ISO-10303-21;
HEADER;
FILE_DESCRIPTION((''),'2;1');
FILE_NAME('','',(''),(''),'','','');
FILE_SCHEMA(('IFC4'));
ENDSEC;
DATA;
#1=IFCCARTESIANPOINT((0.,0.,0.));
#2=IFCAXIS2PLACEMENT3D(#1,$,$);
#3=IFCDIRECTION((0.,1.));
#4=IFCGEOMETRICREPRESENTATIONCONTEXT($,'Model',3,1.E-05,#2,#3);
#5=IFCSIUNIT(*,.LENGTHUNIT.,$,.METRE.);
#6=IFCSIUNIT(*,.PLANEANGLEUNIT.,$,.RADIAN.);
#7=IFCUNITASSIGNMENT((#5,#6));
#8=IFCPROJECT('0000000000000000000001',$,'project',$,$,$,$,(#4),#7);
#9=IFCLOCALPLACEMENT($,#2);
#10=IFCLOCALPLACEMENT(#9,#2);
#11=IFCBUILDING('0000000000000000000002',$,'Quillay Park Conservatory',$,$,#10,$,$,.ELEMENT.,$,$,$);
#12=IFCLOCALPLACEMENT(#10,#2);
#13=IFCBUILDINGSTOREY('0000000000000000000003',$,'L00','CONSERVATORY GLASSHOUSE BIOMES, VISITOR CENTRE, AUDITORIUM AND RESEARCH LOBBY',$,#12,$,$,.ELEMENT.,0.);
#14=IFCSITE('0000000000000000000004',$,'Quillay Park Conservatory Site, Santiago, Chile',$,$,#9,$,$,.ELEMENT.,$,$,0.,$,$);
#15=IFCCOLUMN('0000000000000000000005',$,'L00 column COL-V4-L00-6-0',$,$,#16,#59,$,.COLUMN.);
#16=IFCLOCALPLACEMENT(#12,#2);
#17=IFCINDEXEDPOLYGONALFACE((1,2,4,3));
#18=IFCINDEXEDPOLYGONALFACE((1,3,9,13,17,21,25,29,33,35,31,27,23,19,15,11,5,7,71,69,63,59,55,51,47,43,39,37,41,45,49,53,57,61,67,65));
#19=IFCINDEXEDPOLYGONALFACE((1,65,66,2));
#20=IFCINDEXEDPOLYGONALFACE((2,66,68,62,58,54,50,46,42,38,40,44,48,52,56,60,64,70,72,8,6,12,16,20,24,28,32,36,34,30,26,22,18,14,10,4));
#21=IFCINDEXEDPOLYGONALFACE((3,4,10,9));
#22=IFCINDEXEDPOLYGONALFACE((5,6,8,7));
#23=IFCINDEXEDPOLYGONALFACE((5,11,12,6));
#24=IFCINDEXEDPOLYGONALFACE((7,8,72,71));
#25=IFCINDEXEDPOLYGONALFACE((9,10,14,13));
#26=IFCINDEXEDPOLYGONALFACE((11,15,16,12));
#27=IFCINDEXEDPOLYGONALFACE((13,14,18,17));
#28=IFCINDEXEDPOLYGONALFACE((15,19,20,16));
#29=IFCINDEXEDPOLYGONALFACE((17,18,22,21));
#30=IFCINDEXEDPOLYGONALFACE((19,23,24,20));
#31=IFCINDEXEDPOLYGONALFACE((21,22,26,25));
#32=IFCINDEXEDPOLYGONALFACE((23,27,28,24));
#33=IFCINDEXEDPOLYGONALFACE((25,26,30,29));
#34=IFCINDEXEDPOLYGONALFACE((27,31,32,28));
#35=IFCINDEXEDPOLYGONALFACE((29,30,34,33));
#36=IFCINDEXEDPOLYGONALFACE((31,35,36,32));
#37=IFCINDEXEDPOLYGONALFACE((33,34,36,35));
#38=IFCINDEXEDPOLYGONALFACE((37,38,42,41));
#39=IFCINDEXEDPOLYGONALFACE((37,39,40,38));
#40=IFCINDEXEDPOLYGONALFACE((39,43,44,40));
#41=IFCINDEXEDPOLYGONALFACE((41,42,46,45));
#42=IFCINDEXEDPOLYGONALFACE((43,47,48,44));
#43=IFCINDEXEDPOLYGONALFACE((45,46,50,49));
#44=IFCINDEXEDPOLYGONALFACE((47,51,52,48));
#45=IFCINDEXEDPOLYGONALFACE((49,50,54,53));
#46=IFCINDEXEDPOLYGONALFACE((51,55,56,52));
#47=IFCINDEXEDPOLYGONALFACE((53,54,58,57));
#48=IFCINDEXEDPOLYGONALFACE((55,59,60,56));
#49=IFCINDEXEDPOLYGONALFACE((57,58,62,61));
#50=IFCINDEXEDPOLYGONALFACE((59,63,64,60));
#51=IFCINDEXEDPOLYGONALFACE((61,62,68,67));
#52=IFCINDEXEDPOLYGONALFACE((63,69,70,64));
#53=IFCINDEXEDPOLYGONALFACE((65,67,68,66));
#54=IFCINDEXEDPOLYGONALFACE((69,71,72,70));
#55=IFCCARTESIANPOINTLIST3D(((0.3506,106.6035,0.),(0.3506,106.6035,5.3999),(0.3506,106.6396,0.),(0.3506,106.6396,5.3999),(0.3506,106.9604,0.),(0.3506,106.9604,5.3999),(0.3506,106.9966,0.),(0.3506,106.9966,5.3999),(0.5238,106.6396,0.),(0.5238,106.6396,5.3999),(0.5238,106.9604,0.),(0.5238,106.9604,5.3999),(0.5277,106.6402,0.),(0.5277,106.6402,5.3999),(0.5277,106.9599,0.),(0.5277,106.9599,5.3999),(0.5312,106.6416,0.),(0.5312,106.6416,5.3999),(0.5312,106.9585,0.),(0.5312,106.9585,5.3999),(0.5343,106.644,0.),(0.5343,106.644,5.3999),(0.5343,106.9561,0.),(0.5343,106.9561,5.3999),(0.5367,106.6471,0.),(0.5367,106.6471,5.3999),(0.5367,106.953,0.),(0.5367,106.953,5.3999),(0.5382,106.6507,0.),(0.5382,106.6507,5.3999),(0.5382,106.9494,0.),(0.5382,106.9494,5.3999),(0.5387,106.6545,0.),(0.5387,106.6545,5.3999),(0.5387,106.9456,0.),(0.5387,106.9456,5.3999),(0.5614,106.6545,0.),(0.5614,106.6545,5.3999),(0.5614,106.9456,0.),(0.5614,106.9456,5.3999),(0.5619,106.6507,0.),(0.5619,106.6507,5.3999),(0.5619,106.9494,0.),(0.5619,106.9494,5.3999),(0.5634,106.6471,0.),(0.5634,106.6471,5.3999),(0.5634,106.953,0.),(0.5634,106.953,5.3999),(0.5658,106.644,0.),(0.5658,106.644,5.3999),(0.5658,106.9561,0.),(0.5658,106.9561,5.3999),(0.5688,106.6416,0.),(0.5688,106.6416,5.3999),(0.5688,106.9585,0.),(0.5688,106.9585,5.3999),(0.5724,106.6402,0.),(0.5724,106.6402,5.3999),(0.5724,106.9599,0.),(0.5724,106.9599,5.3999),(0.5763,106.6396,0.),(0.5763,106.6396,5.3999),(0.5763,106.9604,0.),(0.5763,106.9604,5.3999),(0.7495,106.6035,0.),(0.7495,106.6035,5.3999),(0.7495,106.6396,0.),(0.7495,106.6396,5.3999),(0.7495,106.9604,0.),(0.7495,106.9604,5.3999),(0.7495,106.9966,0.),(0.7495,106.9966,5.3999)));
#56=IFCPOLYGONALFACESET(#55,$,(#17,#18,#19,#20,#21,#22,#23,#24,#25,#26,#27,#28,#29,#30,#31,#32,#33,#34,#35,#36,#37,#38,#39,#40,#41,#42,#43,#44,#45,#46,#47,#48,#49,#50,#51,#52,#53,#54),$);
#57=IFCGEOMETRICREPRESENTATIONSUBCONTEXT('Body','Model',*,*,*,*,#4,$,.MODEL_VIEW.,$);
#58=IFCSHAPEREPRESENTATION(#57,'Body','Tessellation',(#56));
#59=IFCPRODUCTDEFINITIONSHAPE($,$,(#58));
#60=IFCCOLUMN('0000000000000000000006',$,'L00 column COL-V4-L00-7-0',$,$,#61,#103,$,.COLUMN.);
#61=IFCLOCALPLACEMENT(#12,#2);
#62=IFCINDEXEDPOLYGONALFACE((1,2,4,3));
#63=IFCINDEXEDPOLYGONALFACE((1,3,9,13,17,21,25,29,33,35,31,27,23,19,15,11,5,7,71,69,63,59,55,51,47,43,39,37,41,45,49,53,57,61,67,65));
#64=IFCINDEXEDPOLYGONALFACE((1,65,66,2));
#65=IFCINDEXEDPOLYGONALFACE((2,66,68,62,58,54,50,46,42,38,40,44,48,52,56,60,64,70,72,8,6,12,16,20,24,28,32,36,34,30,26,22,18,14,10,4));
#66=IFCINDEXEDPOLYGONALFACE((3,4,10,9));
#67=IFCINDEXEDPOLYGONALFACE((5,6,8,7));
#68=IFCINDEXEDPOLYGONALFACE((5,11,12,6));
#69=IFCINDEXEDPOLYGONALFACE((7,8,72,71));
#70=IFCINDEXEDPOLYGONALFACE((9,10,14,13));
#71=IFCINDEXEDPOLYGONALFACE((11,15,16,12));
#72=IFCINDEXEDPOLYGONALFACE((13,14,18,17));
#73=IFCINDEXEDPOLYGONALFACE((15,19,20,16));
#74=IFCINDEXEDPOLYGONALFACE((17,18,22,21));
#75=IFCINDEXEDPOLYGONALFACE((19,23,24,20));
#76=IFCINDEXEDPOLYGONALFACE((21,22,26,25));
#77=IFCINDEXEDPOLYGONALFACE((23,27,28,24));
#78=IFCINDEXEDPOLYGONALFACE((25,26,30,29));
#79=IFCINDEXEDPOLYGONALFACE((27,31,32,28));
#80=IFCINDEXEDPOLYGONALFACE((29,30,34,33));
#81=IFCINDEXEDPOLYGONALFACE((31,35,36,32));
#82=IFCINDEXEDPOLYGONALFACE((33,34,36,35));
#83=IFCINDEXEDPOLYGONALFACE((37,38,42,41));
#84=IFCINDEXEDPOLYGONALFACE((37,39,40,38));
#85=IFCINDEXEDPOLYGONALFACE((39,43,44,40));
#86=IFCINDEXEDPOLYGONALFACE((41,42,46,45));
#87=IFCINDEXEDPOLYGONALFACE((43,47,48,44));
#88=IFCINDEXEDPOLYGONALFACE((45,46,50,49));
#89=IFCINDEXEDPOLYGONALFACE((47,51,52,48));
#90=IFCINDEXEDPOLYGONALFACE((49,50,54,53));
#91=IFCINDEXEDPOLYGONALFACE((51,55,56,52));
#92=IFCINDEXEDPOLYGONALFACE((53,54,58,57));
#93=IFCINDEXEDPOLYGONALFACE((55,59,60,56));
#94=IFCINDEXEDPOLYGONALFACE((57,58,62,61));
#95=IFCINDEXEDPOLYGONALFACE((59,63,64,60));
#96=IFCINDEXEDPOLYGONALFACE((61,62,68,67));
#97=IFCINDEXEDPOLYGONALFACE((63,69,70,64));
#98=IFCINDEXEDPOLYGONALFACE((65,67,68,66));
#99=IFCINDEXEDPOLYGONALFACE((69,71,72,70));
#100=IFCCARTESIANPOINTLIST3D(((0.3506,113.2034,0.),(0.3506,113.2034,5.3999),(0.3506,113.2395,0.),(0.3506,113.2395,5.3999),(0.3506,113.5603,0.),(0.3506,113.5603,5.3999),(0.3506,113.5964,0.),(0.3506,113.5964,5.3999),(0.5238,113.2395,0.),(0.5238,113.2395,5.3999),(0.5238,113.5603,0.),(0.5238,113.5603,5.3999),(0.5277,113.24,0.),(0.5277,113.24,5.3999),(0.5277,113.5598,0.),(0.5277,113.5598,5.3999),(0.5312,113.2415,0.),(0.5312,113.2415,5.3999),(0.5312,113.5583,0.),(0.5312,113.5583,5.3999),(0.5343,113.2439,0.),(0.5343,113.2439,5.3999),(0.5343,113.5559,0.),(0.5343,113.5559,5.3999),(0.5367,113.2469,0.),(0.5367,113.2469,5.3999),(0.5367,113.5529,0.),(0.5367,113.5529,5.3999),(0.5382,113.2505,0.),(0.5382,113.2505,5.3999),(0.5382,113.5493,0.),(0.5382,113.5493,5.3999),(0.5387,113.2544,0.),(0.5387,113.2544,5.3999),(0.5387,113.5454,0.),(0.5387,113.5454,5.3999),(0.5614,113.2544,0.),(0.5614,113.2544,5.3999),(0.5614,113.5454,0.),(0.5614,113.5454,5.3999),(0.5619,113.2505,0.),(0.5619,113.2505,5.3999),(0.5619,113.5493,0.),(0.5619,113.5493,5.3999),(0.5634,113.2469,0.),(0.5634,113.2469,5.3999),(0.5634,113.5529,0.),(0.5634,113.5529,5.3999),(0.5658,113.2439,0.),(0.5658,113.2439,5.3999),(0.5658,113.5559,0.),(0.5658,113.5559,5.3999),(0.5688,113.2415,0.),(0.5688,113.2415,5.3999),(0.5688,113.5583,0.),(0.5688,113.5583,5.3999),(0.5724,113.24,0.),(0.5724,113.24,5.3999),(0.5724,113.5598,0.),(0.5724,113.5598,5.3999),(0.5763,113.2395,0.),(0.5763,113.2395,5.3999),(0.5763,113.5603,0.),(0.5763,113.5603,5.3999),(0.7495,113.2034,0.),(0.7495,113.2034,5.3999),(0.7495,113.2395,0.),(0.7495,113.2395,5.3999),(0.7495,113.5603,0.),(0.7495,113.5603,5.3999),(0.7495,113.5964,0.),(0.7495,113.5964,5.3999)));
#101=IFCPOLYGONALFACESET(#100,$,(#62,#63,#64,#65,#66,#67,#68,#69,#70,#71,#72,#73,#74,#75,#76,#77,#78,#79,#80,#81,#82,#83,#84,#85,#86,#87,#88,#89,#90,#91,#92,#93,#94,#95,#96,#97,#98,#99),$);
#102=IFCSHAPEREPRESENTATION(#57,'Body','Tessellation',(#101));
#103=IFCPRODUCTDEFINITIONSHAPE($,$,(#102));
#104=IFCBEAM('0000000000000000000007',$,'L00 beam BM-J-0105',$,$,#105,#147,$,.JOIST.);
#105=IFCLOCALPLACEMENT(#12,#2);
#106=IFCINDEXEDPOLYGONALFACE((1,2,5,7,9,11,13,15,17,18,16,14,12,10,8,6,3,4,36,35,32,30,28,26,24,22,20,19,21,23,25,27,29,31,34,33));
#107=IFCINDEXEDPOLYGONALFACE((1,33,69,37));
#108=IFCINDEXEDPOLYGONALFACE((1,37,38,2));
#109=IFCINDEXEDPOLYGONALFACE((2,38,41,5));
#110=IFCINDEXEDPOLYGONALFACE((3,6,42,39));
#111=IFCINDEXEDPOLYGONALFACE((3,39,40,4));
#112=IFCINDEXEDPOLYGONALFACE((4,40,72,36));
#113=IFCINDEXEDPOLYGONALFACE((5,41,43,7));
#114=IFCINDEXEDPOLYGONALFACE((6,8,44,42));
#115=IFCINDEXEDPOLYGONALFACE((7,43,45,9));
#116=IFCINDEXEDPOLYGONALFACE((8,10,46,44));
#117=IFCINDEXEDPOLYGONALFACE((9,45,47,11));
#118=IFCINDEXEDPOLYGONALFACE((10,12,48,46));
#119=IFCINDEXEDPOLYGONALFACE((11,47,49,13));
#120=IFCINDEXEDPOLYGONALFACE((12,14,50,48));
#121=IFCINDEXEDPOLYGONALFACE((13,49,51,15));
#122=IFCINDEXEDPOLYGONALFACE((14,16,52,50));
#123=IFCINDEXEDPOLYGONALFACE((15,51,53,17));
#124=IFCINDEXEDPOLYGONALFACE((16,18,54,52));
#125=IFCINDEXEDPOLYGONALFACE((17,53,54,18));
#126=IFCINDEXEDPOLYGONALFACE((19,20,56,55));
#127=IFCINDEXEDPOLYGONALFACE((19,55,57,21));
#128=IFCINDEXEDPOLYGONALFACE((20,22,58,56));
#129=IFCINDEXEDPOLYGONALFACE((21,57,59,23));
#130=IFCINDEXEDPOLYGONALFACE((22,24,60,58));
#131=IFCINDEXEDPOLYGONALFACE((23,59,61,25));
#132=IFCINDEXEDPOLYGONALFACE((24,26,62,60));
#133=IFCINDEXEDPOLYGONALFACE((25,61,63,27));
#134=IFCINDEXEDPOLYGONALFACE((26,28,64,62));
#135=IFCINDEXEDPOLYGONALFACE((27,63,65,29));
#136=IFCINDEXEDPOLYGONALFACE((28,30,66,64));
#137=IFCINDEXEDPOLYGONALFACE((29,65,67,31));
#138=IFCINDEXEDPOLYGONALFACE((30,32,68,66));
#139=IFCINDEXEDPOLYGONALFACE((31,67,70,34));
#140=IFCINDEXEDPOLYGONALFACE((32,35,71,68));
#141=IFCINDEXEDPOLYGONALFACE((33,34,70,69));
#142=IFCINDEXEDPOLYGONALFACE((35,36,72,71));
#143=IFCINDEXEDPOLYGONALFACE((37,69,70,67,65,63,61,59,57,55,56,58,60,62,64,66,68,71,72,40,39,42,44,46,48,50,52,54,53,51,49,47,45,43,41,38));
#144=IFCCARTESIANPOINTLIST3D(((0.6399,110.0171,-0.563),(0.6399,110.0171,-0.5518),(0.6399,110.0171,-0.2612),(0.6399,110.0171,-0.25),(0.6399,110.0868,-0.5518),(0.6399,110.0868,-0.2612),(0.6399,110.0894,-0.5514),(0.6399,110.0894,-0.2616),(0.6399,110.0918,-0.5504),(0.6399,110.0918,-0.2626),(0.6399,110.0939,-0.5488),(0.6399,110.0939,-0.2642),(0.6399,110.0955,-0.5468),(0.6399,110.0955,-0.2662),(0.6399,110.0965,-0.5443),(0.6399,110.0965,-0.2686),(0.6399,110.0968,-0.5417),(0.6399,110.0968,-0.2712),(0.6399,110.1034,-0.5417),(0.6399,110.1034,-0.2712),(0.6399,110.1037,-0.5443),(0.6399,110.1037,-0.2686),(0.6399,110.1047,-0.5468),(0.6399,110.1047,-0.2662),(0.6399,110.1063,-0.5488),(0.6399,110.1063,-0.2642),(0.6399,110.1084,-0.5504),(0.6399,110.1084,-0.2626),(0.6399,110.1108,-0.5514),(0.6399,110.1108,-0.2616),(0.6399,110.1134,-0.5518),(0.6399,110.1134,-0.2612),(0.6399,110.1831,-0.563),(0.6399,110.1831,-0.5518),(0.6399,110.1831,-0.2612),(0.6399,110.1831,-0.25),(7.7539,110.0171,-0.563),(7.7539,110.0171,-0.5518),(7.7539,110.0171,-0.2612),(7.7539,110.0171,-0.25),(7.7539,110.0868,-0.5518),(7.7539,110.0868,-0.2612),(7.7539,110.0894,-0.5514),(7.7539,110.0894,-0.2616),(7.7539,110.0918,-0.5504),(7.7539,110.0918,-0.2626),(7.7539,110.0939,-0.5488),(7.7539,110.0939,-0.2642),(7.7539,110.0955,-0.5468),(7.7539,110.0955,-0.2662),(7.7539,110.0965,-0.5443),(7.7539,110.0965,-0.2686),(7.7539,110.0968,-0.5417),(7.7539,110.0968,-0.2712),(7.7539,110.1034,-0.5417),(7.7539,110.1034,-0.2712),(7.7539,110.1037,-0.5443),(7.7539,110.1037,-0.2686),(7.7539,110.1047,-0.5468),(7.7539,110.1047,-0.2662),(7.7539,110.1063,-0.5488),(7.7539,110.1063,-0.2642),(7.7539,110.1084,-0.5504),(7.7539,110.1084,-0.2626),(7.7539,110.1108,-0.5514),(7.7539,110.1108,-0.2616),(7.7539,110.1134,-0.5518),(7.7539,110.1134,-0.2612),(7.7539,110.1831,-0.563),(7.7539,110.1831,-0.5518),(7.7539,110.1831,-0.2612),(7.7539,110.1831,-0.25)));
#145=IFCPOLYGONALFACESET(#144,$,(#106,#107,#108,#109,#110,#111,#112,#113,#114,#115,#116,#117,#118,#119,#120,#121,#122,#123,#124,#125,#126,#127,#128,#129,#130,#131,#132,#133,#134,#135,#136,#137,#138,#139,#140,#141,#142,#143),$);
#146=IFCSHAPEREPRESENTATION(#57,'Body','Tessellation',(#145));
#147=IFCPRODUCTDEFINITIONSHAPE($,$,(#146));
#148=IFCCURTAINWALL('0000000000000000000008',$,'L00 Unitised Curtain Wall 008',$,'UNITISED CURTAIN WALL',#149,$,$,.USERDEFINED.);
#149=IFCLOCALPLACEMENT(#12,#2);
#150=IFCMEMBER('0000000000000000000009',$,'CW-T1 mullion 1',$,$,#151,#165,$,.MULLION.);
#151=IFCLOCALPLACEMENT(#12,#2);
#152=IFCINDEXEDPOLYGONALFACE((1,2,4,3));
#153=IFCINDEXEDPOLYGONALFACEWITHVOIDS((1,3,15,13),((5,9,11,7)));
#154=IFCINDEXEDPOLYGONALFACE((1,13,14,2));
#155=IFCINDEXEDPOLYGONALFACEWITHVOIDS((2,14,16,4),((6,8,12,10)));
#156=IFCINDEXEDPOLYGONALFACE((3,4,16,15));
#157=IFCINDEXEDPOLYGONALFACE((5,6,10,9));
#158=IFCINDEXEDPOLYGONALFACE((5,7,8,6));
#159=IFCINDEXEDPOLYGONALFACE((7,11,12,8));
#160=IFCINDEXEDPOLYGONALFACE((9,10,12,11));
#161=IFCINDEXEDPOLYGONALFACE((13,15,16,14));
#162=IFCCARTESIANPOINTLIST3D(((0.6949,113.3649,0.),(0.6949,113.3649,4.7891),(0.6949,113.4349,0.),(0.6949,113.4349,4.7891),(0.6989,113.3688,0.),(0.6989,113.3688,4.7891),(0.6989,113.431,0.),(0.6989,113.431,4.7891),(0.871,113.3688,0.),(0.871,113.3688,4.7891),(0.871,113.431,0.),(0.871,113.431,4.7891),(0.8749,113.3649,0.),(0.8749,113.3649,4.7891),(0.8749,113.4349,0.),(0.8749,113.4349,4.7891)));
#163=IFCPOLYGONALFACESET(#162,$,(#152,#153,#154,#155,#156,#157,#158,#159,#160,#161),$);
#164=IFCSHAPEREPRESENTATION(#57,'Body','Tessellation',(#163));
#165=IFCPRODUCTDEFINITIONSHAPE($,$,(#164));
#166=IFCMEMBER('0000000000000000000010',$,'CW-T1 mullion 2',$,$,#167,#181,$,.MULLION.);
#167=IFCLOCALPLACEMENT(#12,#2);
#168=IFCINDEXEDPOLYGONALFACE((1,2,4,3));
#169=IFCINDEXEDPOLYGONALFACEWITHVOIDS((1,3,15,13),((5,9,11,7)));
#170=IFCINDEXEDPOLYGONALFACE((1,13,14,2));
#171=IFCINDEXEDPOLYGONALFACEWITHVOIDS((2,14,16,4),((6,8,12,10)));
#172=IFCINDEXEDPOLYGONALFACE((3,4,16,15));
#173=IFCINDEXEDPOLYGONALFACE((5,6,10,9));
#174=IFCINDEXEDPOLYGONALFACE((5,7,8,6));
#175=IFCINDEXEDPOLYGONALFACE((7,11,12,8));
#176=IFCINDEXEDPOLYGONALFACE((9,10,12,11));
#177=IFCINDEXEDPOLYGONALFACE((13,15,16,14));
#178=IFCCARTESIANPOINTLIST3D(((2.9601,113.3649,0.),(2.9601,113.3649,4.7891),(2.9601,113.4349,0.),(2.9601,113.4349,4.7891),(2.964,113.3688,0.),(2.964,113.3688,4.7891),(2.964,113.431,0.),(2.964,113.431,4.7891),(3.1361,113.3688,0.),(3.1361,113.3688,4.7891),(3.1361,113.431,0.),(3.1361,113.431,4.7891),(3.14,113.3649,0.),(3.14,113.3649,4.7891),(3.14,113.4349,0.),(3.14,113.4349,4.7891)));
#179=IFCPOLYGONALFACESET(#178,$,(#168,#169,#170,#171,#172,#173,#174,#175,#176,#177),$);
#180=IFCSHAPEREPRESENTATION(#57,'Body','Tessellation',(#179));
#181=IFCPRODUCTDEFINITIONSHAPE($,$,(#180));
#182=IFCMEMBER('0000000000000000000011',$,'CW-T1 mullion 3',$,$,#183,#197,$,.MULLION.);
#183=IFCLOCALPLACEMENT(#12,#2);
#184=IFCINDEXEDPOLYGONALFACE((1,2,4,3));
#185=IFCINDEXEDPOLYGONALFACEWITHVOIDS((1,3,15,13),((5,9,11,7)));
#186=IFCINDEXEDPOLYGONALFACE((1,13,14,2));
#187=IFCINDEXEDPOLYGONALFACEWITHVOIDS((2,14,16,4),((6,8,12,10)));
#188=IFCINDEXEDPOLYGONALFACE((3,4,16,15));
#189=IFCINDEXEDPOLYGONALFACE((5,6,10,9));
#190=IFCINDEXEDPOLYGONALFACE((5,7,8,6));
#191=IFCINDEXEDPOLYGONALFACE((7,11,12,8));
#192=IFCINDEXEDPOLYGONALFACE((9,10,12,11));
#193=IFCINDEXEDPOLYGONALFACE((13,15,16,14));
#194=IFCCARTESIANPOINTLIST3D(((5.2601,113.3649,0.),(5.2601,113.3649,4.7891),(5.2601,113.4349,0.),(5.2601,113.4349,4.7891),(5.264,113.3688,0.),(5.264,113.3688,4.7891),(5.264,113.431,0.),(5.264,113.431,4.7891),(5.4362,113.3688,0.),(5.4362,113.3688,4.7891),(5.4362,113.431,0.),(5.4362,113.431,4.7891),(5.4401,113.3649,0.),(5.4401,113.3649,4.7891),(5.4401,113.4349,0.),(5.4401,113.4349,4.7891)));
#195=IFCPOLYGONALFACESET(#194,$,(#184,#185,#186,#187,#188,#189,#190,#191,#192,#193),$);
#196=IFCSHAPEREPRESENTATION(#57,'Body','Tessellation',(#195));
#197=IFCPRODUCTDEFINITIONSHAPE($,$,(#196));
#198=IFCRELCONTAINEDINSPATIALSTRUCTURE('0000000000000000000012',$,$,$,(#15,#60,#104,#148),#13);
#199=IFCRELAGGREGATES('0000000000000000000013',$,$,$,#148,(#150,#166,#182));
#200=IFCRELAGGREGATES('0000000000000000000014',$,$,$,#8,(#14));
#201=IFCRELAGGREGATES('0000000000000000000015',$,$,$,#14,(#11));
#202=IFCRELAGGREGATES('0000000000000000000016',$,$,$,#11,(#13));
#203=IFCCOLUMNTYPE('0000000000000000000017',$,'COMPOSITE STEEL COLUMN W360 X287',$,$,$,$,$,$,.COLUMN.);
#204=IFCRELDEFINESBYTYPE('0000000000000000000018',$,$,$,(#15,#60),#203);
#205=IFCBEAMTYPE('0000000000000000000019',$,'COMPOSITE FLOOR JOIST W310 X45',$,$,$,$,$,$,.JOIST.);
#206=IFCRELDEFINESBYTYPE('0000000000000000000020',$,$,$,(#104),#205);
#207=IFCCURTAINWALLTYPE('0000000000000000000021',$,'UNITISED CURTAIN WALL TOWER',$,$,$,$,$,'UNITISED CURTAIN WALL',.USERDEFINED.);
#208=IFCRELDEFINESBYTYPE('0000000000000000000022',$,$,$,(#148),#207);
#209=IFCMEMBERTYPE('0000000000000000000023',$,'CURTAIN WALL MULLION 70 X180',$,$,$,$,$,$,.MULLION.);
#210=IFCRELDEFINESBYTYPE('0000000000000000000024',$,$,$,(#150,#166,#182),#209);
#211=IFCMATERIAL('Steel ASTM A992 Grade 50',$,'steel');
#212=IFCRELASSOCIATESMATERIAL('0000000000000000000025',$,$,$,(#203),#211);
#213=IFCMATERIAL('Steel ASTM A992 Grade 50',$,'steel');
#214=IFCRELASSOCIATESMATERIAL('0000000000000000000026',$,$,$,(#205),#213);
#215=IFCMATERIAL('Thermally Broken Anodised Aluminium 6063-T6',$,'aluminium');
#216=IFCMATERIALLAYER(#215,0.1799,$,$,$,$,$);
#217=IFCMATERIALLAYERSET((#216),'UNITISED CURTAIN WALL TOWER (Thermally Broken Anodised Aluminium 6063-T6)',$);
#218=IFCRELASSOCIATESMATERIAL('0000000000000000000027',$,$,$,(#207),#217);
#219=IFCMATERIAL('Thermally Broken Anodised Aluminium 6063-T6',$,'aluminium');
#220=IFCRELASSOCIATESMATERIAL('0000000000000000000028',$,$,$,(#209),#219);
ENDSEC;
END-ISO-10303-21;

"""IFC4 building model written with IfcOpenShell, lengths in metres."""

from ifc_helpers import new_model, si_unit, direction, frame, origin, origin_2d, place, context, subcontext, project, spatial, hollow_rectangle, i_section, extrude, material, layer, layer_set, material_profile, profile_set, type_object, element, aggregate, save


model = new_model("IFC4")

# Units and contexts
model_context = context("Model", 3, precision=1e-05, world=origin(), true_north=direction((0.0, 1.0)))
body_context = subcontext(model_context, "Body", "Model", "MODEL_VIEW")
ifc_project = project(units=[si_unit("LENGTHUNIT", "METRE"), si_unit("PLANEANGLEUNIT", "RADIAN")], contexts=[model_context])

# Site, building, storey
site_placement = place(None, origin())
site = spatial("IfcSite", under=ifc_project, at=site_placement, Name="Quillay Park Conservatory Site, Santiago, Chile", CompositionType="ELEMENT", RefElevation=0.0)
building_placement = place(site_placement, origin())
building = spatial("IfcBuilding", under=site, at=building_placement, Name="Quillay Park Conservatory", CompositionType="ELEMENT")
storey_placement = place(building_placement, origin())
storey = spatial("IfcBuildingStorey", under=building, at=storey_placement, Name="L00", Description="CONSERVATORY GLASSHOUSE BIOMES, VISITOR CENTRE, AUDITORIUM AND RESEARCH LOBBY", CompositionType="ELEMENT", Elevation=0.0)

# Columns
ifc_material_1 = material(Name="Steel ASTM A992 Grade 50", Category="steel")
ifc_material_profile_1 = material_profile(ifc_material_1, i_section(OverallWidth=0.3989, OverallDepth=0.3931, WebThickness=0.0227, FlangeThickness=0.0361, FilletRadius=0.0149, at=origin_2d()), Name="W360x287")
ifc_profile_set_1 = profile_set([ifc_material_profile_1], Name="Steel ASTM A992 Grade 50")
column_type = type_object("IfcColumnType", Name="COMPOSITE STEEL COLUMN W360 X287", PredefinedType="COLUMN", material=ifc_profile_set_1)
for number, where, z_axis, x_axis, name in (
    (1, (0.55, 106.8, 0.0), (0.0, 0.0, 1.0), (1.0, 0.0, 0.0), "L00 column COL-V4-L00-6-0"),
    (2, (0.55, 113.3999, 0.0), (0.0, 0.0, 1.0), (1.0, 0.0, 0.0), "L00 column COL-V4-L00-7-0"),
):
    element("IfcColumn", number, at=place(storey_placement, frame(where, z_axis=z_axis, x_axis=x_axis)), inside=storey, type_object=column_type, Name=name, PredefinedType="COLUMN", context=body_context, shape_type="SweptSolid", body=[
        extrude(i_section(OverallWidth=0.3989, OverallDepth=0.3931, WebThickness=0.0227, FlangeThickness=0.0361, FilletRadius=0.0149, at=origin_2d()), origin(), (0.0, 0.0, 1.0), 5.3999),
    ])

# Beam
ifc_material_2 = material(Name="Steel ASTM A992 Grade 50", Category="steel")
ifc_material_profile_2 = material_profile(ifc_material_2, i_section(OverallWidth=0.166, OverallDepth=0.313, WebThickness=0.0066, FlangeThickness=0.0112, FilletRadius=0.01, at=origin_2d()), Name="W310x45")
ifc_profile_set_2 = profile_set([ifc_material_profile_2], Name="Steel ASTM A992 Grade 50")
beam_type_1 = type_object("IfcBeamType", Name="COMPOSITE FLOOR JOIST W310 X45", PredefinedType="JOIST", material=ifc_profile_set_2)
beam_1_placement = place(storey_placement, frame((0.6399, 110.1001, -0.4065), z_axis=(1.0, 0.0, 0.0), x_axis=(0.0, 1.0, 0.0)))
element("IfcBeam", 3, at=beam_1_placement, inside=storey, type_object=beam_type_1, Name="L00 beam BM-J-0105", PredefinedType="JOIST", context=body_context, shape_type="SweptSolid", body=[
    extrude(i_section(OverallWidth=0.166, OverallDepth=0.313, WebThickness=0.0066, FlangeThickness=0.0112, FilletRadius=0.01, at=origin_2d()), origin(), (0.0, 0.0, 1.0), 7.114),
])

# Curtain wall, members
ifc_material_3 = material(Name="Thermally Broken Anodised Aluminium 6063-T6", Category="aluminium")
ifc_layer_1 = layer(ifc_material_3, 0.1799)
ifc_layer_set_1 = layer_set([ifc_layer_1], Name="UNITISED CURTAIN WALL TOWER (Thermally Broken Anodised Aluminium 6063-T6)")
curtain_wall_type = type_object("IfcCurtainWallType", Name="UNITISED CURTAIN WALL TOWER", ElementType="UNITISED CURTAIN WALL", PredefinedType="USERDEFINED", material=ifc_layer_set_1)
curtain_wall_placement = place(storey_placement, origin())
curtain_wall = element("IfcCurtainWall", 4, at=curtain_wall_placement, inside=storey, type_object=curtain_wall_type, Name="L00 Unitised Curtain Wall 008", ObjectType="UNITISED CURTAIN WALL", PredefinedType="USERDEFINED")
ifc_material_4 = material(Name="Thermally Broken Anodised Aluminium 6063-T6", Category="aluminium")
ifc_material_profile_3 = material_profile(ifc_material_4, hollow_rectangle(XDim=0.0701, YDim=0.1799, WallThickness=0.0039, at=origin_2d()), Name="AL70x180x4")
ifc_profile_set_3 = profile_set([ifc_material_profile_3], Name="Thermally Broken Anodised Aluminium 6063-T6")
member_type_1 = type_object("IfcMemberType", Name="CURTAIN WALL MULLION 70 X180", PredefinedType="MULLION", material=ifc_profile_set_3)
member_1_placement = place(storey_placement, frame((0.7849, 113.3999, 0.0), z_axis=(0.0, 0.0, 1.0), x_axis=(0.0, 1.0, 0.0)))
member_1 = element("IfcMember", 5, at=member_1_placement, type_object=member_type_1, Name="CW-T1 mullion 1", PredefinedType="MULLION", context=body_context, shape_type="SweptSolid", body=[
    extrude(hollow_rectangle(XDim=0.0701, YDim=0.1799, WallThickness=0.0039, at=origin_2d()), origin(), (0.0, 0.0, 1.0), 4.7891),
])
member_2_placement = place(storey_placement, frame((3.05, 113.3999, 0.0), z_axis=(0.0, 0.0, 1.0), x_axis=(0.0, 1.0, 0.0)))
member_2 = element("IfcMember", 6, at=member_2_placement, type_object=member_type_1, Name="CW-T1 mullion 2", PredefinedType="MULLION", context=body_context, shape_type="SweptSolid", body=[
    extrude(hollow_rectangle(XDim=0.0701, YDim=0.1799, WallThickness=0.0039, at=origin_2d()), origin(), (0.0, 0.0, 1.0), 4.7891),
])
member_3_placement = place(storey_placement, frame((5.3501, 113.3999, 0.0), z_axis=(0.0, 0.0, 1.0), x_axis=(0.0, 1.0, 0.0)))
member_3 = element("IfcMember", 7, at=member_3_placement, type_object=member_type_1, Name="CW-T1 mullion 3", PredefinedType="MULLION", context=body_context, shape_type="SweptSolid", body=[
    extrude(hollow_rectangle(XDim=0.0701, YDim=0.1799, WallThickness=0.0039, at=origin_2d()), origin(), (0.0, 0.0, 1.0), 4.7891),
])

aggregate(curtain_wall, [member_1, member_2, member_3])

save(model, "model.ifc")
